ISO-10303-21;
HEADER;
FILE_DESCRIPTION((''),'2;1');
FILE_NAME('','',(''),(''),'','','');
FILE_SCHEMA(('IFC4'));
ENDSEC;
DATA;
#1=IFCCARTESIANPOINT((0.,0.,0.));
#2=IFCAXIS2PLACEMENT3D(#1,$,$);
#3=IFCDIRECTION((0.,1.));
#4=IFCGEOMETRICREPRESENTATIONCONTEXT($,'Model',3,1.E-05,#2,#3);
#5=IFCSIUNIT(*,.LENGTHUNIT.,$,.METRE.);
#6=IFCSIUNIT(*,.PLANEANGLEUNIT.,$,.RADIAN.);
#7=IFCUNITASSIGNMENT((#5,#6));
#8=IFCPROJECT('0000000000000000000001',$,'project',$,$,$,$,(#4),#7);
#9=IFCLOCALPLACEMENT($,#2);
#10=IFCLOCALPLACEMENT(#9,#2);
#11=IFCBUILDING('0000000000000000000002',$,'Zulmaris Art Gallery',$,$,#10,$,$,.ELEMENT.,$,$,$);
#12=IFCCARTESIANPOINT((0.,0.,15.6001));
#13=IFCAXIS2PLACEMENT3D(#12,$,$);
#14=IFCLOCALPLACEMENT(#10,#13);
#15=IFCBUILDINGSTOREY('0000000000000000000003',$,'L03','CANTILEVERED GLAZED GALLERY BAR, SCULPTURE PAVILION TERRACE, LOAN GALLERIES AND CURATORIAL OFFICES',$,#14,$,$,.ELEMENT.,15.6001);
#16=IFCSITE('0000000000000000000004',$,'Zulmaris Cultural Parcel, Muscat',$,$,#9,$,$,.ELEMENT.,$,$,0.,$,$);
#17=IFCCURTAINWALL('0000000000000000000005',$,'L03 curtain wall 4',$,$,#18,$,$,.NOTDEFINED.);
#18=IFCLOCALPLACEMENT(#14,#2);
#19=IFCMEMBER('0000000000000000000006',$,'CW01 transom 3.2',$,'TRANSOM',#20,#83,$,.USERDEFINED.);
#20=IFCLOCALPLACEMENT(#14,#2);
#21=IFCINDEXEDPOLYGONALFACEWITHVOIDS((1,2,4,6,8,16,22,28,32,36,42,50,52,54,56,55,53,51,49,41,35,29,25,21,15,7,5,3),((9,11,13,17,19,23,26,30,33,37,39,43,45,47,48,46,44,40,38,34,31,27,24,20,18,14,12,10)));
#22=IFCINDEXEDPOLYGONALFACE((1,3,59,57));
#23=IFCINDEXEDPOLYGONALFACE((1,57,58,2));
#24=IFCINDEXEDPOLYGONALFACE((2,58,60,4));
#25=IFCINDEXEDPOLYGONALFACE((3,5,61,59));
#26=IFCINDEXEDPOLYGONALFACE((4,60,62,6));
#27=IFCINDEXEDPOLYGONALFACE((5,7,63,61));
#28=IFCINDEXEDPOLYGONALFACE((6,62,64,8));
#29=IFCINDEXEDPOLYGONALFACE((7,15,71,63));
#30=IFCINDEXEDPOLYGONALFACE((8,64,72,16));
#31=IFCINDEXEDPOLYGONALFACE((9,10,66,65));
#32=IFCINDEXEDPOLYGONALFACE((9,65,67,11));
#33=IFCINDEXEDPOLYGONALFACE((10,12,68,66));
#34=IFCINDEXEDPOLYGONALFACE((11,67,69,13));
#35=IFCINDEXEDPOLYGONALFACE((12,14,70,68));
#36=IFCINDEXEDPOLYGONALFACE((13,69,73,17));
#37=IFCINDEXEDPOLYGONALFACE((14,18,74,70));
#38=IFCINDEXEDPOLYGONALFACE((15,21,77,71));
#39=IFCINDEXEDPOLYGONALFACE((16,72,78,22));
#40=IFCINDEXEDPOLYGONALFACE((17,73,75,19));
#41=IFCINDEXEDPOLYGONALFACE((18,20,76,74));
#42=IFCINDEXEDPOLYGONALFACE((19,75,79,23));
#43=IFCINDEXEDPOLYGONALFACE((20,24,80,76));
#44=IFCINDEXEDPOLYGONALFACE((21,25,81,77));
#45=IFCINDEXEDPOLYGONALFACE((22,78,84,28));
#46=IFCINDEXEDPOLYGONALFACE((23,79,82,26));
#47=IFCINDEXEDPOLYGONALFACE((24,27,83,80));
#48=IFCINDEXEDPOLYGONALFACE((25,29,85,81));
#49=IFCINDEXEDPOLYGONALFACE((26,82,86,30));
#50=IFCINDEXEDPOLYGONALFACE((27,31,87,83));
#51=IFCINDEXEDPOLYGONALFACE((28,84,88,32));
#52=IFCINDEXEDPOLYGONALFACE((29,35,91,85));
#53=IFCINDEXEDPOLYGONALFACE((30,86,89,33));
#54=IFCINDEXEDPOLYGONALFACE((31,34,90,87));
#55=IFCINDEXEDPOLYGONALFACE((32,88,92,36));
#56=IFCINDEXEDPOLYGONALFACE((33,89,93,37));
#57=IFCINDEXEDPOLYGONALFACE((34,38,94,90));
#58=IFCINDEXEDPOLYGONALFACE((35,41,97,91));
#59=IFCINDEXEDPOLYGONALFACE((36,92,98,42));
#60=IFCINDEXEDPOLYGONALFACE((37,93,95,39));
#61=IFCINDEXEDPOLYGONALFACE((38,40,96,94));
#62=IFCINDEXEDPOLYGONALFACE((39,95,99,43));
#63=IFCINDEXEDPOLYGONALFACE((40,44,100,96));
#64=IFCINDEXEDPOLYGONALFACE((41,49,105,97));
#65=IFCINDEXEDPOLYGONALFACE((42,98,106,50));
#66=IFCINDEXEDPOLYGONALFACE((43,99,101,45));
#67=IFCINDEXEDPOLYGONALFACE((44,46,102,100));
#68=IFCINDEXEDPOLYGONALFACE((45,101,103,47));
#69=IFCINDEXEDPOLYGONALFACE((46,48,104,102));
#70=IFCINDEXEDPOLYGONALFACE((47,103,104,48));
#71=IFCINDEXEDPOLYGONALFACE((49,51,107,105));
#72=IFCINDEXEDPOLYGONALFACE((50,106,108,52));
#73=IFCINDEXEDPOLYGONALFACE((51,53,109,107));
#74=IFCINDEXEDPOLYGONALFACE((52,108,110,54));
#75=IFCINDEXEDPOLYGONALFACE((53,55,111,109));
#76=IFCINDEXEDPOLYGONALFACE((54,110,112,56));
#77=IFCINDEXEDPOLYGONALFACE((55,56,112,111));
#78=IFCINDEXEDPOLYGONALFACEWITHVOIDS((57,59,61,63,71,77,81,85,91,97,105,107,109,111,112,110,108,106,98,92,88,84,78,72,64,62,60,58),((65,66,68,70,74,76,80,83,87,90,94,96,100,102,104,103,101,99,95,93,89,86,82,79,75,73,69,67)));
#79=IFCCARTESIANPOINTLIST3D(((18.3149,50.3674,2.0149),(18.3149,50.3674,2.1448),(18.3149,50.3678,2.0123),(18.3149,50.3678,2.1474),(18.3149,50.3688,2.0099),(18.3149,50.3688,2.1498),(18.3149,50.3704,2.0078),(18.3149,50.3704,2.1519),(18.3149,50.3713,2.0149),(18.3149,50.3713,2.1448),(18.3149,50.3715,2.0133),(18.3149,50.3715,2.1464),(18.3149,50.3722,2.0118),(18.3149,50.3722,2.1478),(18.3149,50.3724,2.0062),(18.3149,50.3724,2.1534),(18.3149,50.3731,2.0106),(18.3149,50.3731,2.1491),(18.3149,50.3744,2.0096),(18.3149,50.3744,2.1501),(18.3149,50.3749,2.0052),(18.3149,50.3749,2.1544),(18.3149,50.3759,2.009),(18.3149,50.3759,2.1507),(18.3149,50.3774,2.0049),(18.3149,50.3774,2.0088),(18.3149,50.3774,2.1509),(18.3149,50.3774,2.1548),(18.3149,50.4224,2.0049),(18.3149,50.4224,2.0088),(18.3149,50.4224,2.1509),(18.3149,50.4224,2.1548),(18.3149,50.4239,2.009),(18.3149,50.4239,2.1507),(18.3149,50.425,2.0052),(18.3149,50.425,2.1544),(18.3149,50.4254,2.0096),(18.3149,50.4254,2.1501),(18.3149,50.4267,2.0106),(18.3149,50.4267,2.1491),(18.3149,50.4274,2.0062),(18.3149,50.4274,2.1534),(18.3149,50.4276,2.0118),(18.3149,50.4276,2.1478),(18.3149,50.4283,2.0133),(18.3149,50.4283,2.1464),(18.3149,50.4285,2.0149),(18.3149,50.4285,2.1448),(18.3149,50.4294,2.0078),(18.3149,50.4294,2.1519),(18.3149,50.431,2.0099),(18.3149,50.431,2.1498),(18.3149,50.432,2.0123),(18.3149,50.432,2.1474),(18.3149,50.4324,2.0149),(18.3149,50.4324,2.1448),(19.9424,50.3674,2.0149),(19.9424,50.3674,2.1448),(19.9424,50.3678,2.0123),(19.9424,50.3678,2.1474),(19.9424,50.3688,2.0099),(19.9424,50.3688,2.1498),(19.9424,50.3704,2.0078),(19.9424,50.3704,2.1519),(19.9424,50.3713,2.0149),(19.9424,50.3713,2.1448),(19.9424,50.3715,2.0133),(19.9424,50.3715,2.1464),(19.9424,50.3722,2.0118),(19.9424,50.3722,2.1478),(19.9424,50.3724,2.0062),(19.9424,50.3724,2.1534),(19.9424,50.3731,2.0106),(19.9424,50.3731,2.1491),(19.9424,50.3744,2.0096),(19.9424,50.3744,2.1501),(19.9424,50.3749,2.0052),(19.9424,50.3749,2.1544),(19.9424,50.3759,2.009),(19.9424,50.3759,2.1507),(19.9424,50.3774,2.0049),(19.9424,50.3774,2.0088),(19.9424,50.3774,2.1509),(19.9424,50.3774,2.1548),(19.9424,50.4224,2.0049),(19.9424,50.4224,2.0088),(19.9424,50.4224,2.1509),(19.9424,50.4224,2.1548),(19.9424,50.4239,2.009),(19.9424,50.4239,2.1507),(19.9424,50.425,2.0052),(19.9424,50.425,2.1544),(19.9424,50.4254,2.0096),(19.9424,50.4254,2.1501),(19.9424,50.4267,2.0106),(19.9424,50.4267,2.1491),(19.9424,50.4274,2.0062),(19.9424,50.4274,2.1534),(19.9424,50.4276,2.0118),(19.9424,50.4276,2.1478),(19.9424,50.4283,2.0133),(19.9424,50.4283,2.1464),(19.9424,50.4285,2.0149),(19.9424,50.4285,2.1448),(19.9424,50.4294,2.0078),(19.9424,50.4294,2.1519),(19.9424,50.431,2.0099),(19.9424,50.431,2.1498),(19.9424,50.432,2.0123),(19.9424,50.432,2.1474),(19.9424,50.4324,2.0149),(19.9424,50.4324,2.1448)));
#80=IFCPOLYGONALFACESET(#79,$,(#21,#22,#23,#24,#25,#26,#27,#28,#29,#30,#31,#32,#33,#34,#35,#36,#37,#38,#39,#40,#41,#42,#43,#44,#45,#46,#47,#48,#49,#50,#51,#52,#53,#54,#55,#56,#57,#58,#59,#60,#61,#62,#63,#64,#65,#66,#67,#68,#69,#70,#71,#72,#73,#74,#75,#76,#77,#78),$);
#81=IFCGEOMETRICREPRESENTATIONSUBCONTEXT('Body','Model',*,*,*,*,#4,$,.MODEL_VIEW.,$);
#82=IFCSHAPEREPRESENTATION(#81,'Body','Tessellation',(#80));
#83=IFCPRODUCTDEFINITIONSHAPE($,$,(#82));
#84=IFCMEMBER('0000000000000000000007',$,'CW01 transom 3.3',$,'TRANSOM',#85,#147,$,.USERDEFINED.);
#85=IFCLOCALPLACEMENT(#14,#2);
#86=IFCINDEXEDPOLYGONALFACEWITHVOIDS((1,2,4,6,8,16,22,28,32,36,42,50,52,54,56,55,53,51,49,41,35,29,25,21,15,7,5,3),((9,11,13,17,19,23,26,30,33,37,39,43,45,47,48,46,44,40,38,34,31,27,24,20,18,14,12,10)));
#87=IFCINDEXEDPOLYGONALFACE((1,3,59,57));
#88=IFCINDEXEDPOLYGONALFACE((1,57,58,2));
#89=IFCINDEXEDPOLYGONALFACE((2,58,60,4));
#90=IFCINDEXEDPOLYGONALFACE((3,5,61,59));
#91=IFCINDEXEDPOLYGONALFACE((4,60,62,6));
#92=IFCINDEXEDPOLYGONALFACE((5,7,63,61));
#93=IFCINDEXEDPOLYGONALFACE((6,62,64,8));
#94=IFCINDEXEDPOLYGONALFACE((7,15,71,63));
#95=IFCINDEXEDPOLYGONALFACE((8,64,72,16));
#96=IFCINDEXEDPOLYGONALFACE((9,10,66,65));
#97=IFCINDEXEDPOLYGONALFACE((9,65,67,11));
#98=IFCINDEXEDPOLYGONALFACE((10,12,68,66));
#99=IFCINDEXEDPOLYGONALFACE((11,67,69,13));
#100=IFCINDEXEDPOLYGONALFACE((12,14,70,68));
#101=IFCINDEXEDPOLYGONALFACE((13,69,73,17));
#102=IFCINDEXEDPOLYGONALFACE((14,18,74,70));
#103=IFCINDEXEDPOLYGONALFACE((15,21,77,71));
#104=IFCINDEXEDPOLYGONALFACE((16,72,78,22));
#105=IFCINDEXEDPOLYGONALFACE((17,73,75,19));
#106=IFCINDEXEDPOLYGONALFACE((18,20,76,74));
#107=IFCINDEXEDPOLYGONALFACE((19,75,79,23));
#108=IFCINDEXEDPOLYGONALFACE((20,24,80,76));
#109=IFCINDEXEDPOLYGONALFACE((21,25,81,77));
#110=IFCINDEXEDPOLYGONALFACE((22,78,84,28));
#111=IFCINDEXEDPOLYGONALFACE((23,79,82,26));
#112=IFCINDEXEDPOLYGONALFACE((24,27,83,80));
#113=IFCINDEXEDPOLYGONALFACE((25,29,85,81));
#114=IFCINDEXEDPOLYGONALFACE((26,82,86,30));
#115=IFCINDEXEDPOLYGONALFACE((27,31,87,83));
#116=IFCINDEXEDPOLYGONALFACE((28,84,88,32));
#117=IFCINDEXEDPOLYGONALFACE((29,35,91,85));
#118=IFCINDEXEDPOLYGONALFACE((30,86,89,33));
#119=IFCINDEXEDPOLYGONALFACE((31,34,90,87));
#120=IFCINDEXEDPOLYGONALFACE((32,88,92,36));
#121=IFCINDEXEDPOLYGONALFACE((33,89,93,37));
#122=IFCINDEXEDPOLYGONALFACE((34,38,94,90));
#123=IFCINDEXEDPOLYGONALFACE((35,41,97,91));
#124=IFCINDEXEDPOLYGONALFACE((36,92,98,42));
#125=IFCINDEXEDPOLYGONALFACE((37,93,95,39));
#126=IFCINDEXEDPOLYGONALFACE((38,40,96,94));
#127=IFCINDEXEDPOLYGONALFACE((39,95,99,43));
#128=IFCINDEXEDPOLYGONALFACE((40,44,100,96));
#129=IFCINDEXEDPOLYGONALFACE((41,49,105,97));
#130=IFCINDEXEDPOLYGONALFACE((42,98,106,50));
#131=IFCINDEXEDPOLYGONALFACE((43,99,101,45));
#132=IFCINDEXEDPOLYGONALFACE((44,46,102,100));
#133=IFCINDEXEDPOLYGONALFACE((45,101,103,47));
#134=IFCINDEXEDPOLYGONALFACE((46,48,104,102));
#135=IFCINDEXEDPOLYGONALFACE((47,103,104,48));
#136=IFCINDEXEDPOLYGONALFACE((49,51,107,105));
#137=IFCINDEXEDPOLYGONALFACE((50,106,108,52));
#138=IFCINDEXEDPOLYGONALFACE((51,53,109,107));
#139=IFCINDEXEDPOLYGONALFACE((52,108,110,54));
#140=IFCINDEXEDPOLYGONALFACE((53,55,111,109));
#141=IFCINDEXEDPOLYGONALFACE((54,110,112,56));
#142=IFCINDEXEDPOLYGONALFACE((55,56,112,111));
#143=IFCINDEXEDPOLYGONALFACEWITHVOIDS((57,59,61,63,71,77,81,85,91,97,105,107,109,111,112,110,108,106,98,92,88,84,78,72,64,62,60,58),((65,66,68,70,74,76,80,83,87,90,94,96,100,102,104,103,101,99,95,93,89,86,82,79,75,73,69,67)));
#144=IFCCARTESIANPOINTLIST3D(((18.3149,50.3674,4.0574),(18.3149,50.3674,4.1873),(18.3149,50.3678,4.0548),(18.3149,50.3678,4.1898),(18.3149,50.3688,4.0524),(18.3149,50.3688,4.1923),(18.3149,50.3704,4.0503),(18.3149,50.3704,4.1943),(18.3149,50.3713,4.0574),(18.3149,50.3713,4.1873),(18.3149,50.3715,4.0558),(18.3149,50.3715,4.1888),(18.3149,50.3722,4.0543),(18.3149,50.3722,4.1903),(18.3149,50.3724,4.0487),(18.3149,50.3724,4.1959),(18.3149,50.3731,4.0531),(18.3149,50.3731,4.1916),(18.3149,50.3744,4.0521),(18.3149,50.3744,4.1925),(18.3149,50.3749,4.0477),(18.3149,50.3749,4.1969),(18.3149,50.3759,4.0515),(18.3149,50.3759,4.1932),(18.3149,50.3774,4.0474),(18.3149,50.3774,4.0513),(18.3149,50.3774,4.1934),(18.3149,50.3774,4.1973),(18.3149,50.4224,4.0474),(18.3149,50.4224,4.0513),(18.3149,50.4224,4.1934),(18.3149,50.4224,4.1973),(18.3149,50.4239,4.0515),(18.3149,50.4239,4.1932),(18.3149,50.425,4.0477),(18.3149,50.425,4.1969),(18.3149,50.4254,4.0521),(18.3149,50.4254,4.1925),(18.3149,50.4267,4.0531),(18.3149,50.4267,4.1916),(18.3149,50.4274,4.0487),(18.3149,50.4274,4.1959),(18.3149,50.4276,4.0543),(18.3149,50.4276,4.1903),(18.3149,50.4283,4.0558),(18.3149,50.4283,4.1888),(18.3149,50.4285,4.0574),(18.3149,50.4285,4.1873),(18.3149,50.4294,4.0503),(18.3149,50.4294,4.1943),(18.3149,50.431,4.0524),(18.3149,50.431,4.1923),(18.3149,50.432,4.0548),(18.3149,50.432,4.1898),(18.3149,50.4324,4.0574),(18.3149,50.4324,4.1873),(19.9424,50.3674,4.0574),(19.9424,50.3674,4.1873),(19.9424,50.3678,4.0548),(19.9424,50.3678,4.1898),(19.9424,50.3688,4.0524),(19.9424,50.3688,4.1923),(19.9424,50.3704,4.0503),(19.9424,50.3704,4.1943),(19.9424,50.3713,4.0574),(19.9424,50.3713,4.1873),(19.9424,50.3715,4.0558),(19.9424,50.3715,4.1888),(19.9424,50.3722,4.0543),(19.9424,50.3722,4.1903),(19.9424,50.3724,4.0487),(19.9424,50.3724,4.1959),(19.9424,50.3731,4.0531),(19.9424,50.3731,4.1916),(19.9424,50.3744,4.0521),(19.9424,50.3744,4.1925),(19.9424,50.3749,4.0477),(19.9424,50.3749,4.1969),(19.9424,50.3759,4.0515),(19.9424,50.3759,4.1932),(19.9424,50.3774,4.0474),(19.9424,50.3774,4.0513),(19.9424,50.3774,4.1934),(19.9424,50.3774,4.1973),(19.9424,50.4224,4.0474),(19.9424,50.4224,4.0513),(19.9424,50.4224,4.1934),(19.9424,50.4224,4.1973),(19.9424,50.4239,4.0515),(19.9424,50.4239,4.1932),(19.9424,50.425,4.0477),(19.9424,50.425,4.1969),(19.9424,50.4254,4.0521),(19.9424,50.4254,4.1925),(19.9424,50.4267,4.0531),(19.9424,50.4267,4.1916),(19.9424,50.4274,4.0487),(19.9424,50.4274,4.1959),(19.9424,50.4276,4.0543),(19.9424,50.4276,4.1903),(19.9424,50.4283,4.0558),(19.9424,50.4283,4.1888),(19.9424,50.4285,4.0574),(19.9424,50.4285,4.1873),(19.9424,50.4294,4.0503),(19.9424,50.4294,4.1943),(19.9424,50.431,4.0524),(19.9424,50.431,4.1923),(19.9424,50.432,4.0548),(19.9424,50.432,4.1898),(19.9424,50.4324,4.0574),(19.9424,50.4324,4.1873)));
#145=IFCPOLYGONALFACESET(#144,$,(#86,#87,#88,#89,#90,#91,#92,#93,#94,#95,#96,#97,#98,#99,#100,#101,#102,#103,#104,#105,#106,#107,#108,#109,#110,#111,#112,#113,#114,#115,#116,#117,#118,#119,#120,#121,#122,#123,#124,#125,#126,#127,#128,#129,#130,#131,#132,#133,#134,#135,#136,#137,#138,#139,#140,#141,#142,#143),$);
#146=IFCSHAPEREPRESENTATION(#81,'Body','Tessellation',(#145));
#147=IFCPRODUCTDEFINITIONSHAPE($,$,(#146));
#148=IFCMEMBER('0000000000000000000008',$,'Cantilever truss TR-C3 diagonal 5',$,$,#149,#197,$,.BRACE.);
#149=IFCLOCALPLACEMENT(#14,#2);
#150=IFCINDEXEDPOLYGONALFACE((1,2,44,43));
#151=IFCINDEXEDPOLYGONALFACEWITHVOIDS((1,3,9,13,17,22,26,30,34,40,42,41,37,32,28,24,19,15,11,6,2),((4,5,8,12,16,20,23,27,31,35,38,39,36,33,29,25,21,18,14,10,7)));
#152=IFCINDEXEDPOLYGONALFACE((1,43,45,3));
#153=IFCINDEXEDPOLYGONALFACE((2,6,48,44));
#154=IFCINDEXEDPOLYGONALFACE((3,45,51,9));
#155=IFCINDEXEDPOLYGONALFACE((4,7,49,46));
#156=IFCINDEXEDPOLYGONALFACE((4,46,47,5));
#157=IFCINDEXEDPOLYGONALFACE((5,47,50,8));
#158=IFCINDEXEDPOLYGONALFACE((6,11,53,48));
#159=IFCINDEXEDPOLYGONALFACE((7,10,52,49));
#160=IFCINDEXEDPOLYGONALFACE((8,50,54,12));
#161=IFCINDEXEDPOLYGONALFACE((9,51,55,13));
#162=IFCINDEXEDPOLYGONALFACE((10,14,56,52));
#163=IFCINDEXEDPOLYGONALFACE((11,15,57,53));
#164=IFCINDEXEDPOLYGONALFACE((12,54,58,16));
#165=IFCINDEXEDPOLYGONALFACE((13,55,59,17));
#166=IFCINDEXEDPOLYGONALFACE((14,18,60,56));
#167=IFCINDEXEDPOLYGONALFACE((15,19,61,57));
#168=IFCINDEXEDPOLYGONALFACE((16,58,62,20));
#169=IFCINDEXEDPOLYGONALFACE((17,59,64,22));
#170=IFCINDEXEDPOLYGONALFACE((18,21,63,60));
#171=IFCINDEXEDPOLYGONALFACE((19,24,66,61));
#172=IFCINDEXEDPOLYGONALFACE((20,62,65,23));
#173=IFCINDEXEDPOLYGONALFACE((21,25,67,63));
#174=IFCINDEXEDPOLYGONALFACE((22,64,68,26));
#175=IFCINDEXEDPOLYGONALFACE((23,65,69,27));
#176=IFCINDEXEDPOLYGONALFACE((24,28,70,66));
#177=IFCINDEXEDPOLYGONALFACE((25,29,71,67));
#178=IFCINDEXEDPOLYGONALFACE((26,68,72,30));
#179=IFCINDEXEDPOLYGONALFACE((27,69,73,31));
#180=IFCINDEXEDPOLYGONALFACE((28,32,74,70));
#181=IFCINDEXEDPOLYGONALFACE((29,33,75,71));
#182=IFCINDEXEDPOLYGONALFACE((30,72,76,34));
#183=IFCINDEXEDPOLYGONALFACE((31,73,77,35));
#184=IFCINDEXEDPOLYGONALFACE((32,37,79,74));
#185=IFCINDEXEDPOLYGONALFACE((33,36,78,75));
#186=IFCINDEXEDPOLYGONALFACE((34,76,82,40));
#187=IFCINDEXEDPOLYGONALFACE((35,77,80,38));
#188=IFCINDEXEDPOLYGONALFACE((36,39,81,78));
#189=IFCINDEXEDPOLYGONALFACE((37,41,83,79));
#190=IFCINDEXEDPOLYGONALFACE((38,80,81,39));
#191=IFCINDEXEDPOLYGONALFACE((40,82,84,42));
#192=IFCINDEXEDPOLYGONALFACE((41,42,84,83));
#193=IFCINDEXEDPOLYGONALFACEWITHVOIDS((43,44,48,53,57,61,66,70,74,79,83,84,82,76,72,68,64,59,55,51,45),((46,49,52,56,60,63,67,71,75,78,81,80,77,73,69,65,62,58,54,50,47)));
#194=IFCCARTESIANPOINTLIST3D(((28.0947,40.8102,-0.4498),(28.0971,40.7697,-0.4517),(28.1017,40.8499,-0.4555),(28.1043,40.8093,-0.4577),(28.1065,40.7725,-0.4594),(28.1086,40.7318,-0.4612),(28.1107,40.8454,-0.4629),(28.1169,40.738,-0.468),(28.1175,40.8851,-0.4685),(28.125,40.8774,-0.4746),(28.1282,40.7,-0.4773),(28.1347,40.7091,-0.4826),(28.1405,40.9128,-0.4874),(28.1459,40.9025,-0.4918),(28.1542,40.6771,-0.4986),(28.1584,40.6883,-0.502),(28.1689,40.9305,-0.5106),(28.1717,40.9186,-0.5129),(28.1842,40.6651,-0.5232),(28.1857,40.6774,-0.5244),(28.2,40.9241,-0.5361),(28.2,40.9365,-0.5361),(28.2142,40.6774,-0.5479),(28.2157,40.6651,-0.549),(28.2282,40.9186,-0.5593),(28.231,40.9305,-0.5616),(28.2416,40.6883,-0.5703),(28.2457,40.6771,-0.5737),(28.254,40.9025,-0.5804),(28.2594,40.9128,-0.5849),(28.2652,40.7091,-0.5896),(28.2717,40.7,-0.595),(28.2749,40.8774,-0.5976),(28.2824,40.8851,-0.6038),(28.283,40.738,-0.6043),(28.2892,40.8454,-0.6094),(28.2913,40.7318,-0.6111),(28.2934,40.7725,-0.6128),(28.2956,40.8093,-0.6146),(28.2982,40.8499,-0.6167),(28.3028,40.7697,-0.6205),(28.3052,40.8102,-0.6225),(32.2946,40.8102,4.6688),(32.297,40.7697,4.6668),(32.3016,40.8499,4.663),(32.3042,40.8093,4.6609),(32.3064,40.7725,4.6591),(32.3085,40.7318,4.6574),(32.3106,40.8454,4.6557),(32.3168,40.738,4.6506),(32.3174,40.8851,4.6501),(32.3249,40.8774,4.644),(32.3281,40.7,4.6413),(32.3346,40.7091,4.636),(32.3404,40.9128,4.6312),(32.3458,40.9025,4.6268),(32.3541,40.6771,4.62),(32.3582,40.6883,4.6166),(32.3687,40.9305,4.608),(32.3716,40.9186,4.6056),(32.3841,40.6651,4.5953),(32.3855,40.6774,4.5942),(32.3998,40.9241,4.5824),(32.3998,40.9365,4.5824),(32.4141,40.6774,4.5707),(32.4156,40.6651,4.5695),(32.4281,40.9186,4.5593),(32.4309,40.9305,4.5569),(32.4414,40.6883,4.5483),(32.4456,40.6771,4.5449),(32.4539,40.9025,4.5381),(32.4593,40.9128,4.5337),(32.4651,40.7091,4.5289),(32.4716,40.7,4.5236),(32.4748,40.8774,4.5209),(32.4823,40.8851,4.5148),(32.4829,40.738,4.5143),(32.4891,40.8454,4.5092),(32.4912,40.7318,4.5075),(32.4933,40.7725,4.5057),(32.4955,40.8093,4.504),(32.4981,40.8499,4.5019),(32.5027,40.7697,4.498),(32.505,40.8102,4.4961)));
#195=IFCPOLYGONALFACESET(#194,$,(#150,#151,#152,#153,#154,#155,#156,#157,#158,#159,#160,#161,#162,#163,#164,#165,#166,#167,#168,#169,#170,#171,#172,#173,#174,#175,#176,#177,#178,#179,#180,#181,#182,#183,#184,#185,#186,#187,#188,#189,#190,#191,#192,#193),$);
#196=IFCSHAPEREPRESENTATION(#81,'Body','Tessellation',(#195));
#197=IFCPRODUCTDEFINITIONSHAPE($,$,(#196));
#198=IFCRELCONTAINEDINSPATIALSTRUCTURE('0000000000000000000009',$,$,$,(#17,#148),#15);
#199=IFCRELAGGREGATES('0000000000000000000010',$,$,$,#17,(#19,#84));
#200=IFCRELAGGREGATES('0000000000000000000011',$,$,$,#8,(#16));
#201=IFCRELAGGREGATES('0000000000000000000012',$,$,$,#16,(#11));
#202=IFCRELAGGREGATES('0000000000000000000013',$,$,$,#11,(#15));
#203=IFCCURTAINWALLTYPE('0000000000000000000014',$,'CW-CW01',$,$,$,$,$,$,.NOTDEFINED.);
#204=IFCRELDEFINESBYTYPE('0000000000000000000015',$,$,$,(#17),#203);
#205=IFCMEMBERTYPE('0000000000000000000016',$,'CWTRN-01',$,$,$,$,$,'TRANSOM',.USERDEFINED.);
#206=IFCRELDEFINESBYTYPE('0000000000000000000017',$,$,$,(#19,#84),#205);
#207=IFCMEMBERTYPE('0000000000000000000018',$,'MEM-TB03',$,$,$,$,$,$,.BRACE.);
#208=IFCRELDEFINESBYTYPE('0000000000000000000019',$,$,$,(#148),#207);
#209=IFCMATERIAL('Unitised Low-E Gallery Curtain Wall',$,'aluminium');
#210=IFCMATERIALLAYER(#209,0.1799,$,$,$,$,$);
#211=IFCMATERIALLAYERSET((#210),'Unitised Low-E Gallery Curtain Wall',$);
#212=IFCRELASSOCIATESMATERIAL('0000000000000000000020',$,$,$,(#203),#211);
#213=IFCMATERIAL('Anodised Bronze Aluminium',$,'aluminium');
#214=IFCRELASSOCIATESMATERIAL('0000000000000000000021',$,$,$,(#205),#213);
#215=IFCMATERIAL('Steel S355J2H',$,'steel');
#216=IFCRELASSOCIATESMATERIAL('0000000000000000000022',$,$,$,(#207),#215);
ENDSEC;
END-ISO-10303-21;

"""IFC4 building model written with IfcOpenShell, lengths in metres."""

from ifc_helpers import new_model, si_unit, direction, frame, origin, origin_2d, place, context, subcontext, project, spatial, hollow_rectangle, hollow_circle, extrude, material, layer, layer_set, material_profile, profile_set, type_object, element, aggregate, save


model = new_model("IFC4")

# Units and contexts
model_context = context("Model", 3, precision=1e-05, world=origin(), true_north=direction((0.0, 1.0)))
body_context = subcontext(model_context, "Body", "Model", "MODEL_VIEW")
ifc_project = project(units=[si_unit("LENGTHUNIT", "METRE"), si_unit("PLANEANGLEUNIT", "RADIAN")], contexts=[model_context])

# Site, building, storey
site_placement = place(None, origin())
site = spatial("IfcSite", under=ifc_project, at=site_placement, Name="Zulmaris Cultural Parcel, Muscat", CompositionType="ELEMENT", RefElevation=0.0)
building_placement = place(site_placement, origin())
building = spatial("IfcBuilding", under=site, at=building_placement, Name="Zulmaris Art Gallery", CompositionType="ELEMENT")
storey_placement = place(building_placement, frame((0.0, 0.0, 15.6001)))
storey = spatial("IfcBuildingStorey", under=building, at=storey_placement, Name="L03", Description="CANTILEVERED GLAZED GALLERY BAR, SCULPTURE PAVILION TERRACE, LOAN GALLERIES AND CURATORIAL OFFICES", CompositionType="ELEMENT", Elevation=15.6001)

# Curtain wall, members
ifc_material_1 = material(Name="Unitised Low-E Gallery Curtain Wall", Category="aluminium")
ifc_layer_1 = layer(ifc_material_1, 0.1799)
ifc_layer_set_1 = layer_set([ifc_layer_1], Name="Unitised Low-E Gallery Curtain Wall")
curtain_wall_type = type_object("IfcCurtainWallType", Name="CW-CW01", PredefinedType="NOTDEFINED", material=ifc_layer_set_1)
curtain_wall_placement = place(storey_placement, origin())
curtain_wall = element("IfcCurtainWall", 1, at=curtain_wall_placement, inside=storey, type_object=curtain_wall_type, Name="L03 curtain wall 4", PredefinedType="NOTDEFINED")
ifc_material_2 = material(Name="Anodised Bronze Aluminium", Category="aluminium")
ifc_material_profile_1 = material_profile(ifc_material_2, hollow_rectangle(XDim=0.0649, YDim=0.1499, WallThickness=0.0039, InnerFilletRadius=0.0061, OuterFilletRadius=0.01, at=origin_2d()), Name="ALU 65x150x4")
ifc_profile_set_1 = profile_set([ifc_material_profile_1], Name="Anodised Bronze Aluminium")
member_type_1 = type_object("IfcMemberType", Name="CWTRN-01", ElementType="TRANSOM", PredefinedType="USERDEFINED", material=ifc_profile_set_1)
member_1_placement = place(storey_placement, frame((19.9424, 50.3999, 2.0798), z_axis=(-1.0, 0.0, 0.0), x_axis=(0.0, -1.0, 0.0)))
member_1 = element("IfcMember", 2, at=member_1_placement, type_object=member_type_1, Name="CW01 transom 3.2", ObjectType="TRANSOM", PredefinedType="USERDEFINED", context=body_context, shape_type="SweptSolid", body=[
    extrude(hollow_rectangle(XDim=0.0649, YDim=0.1499, WallThickness=0.0039, InnerFilletRadius=0.0061, OuterFilletRadius=0.01, at=origin_2d()), origin(), (0.0, 0.0, 1.0), 1.6274),
])
member_2_placement = place(storey_placement, frame((19.9424, 50.3999, 4.1223), z_axis=(-1.0, 0.0, 0.0), x_axis=(0.0, -1.0, 0.0)))
member_2 = element("IfcMember", 3, at=member_2_placement, type_object=member_type_1, Name="CW01 transom 3.3", ObjectType="TRANSOM", PredefinedType="USERDEFINED", context=body_context, shape_type="SweptSolid", body=[
    extrude(hollow_rectangle(XDim=0.0649, YDim=0.1499, WallThickness=0.0039, InnerFilletRadius=0.0061, OuterFilletRadius=0.01, at=origin_2d()), origin(), (0.0, 0.0, 1.0), 1.6274),
])

# Member
ifc_material_3 = material(Name="Steel S355J2H", Category="steel")
ifc_material_profile_2 = material_profile(ifc_material_3, hollow_circle(Radius=0.1365, WallThickness=0.0125, at=origin_2d()), Name="CHS 273x12.5")
ifc_profile_set_2 = profile_set([ifc_material_profile_2], Name="Steel S355J2H")
member_type_2 = type_object("IfcMemberType", Name="MEM-TB03", PredefinedType="BRACE", material=ifc_profile_set_2)
for number, where, z_axis, x_axis, name in (
    (4, (28.2, 40.8, -0.5361), (0.634319, 0.0, 0.773071), (0.0, 1.0, 0.0), "Cantilever truss TR-C3 diagonal 5"),
):
    element("IfcMember", number, at=place(storey_placement, frame(where, z_axis=z_axis, x_axis=x_axis)), inside=storey, type_object=member_type_2, Name=name, PredefinedType="BRACE", context=body_context, shape_type="SweptSolid", body=[
        extrude(hollow_circle(Radius=0.1365, WallThickness=0.0125, at=origin_2d()), origin(), (0.0, 0.0, 1.0), 6.6211),
    ])

aggregate(curtain_wall, [member_1, member_2])

save(model, "model.ifc")
